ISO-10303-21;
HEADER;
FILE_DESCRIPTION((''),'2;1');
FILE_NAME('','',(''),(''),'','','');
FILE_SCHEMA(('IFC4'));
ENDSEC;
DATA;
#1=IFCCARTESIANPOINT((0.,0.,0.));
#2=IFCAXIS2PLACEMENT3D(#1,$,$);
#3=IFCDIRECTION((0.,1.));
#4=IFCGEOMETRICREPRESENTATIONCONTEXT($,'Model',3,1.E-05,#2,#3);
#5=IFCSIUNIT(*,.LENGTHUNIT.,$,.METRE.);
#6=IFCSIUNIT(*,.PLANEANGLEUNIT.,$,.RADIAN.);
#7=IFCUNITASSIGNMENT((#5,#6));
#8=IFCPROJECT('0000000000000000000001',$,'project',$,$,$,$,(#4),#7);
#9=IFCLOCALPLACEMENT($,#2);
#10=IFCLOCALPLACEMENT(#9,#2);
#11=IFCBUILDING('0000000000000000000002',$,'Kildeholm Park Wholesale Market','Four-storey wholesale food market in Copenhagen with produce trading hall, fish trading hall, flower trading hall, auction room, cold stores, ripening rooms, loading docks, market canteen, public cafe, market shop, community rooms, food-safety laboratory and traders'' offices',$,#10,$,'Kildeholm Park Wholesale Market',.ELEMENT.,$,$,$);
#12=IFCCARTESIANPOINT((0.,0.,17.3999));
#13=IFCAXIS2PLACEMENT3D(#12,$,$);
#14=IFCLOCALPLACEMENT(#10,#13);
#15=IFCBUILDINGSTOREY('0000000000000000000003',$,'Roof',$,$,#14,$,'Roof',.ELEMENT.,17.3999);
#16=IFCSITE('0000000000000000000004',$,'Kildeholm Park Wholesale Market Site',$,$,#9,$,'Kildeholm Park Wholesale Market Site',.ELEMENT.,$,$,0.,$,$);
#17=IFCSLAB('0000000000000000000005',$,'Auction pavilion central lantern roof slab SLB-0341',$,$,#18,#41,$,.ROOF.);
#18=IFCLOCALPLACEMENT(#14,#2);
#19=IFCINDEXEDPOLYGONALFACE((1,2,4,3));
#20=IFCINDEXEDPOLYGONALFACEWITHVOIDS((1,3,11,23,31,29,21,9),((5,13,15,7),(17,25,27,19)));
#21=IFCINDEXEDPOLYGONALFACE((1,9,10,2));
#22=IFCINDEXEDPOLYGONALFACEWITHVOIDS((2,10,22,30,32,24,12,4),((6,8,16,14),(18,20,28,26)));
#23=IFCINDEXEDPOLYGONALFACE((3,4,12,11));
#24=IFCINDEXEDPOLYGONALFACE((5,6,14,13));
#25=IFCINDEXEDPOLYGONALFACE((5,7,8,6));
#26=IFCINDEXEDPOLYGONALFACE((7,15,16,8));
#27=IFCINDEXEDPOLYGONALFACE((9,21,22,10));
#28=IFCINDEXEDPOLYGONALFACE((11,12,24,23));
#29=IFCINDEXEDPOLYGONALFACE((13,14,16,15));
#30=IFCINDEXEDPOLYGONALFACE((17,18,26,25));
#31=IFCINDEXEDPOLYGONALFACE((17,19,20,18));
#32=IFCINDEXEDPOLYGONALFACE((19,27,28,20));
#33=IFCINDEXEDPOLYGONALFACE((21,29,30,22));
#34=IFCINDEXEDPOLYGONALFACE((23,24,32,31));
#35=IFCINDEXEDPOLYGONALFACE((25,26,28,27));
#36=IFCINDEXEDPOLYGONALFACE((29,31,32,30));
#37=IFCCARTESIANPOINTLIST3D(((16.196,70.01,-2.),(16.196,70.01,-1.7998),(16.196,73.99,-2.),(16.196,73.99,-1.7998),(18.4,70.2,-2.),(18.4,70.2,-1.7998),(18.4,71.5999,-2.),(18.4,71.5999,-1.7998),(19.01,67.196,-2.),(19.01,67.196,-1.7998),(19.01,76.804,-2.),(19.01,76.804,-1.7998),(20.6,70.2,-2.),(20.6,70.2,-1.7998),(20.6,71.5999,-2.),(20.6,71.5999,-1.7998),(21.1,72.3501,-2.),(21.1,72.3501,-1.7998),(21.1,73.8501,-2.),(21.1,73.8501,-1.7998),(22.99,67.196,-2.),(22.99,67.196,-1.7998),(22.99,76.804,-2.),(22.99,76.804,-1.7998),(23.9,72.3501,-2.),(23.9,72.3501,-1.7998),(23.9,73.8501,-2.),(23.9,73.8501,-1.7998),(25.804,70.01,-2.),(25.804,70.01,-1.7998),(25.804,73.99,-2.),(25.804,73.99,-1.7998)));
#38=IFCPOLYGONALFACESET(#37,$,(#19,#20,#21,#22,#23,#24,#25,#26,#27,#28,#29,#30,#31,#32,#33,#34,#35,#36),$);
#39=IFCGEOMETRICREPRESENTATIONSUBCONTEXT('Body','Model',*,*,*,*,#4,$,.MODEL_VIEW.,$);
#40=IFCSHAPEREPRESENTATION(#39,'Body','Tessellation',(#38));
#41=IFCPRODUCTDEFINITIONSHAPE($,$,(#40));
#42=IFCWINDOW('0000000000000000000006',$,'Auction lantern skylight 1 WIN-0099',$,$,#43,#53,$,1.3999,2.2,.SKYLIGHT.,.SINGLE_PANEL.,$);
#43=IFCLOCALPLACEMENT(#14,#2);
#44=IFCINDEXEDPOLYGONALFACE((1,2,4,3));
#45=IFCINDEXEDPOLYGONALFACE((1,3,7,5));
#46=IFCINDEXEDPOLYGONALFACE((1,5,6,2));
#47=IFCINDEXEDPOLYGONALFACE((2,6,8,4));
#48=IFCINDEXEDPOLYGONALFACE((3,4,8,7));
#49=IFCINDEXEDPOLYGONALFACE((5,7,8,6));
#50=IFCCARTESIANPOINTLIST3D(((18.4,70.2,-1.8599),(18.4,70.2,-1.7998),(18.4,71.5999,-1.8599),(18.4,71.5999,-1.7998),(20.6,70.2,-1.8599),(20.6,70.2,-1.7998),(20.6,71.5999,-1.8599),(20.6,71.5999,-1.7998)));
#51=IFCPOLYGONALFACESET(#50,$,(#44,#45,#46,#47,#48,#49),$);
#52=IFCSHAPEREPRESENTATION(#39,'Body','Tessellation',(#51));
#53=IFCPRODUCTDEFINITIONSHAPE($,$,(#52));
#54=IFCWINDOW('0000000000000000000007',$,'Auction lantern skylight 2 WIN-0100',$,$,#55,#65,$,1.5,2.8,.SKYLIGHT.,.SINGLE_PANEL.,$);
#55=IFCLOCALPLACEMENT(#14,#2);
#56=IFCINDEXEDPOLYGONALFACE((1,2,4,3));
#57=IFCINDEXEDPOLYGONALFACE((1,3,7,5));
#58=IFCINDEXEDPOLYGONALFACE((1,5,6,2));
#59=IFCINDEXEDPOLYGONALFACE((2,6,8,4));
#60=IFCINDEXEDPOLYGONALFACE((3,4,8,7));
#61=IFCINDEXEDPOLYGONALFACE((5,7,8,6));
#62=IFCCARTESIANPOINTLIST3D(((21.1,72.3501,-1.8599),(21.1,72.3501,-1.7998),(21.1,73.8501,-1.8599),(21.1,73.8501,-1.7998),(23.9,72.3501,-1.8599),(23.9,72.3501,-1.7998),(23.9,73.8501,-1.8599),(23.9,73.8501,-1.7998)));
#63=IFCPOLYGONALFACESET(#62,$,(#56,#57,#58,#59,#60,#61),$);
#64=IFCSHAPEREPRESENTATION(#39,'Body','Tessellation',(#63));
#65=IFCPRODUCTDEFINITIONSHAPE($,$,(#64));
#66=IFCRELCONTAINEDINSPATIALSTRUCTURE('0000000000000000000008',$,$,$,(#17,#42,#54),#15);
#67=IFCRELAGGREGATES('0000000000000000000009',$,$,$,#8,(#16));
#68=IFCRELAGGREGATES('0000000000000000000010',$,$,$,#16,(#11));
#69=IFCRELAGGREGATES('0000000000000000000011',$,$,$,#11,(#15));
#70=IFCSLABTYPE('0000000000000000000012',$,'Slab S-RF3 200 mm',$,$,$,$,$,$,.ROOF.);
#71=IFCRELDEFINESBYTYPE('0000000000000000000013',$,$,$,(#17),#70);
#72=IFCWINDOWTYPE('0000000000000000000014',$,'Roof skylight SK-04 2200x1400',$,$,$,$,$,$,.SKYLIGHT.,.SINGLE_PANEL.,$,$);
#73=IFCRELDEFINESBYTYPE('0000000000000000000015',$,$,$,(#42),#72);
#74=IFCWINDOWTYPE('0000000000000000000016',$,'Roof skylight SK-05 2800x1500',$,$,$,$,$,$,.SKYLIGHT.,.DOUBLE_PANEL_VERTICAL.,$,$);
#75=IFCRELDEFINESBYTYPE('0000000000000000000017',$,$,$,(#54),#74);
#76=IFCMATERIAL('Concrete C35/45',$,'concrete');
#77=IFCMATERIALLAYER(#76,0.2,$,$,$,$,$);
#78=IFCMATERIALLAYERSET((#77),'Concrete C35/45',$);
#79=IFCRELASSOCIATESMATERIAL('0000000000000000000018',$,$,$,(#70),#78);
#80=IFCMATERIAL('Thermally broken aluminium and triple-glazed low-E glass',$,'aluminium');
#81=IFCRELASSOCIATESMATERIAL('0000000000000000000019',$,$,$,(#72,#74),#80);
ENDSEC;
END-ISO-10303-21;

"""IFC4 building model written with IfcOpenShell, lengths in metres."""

from ifc_helpers import new_model, si_unit, direction, frame, origin, origin_2d, place, context, subcontext, project, spatial, polyline, rectangle, outline, extrude, material, layer, layer_set, type_object, element, fill, save


model = new_model("IFC4")

# Units and contexts
model_context = context("Model", 3, precision=1e-05, world=origin(), true_north=direction((0.0, 1.0)))
body_context = subcontext(model_context, "Body", "Model", "MODEL_VIEW")
ifc_project = project(units=[si_unit("LENGTHUNIT", "METRE"), si_unit("PLANEANGLEUNIT", "RADIAN")], contexts=[model_context])

# Site, building, storey
site_placement = place(None, origin())
site = spatial("IfcSite", under=ifc_project, at=site_placement, Name="Kildeholm Park Wholesale Market Site", LongName="Kildeholm Park Wholesale Market Site", CompositionType="ELEMENT", RefElevation=0.0)
building_placement = place(site_placement, origin())
building = spatial("IfcBuilding", under=site, at=building_placement, Name="Kildeholm Park Wholesale Market", Description="Four-storey wholesale food market in Copenhagen with produce trading hall, fish trading hall, flower trading hall, auction room, cold stores, ripening rooms, loading docks, market canteen, public cafe, market shop, community rooms, food-safety laboratory and traders' offices", LongName="Kildeholm Park Wholesale Market", CompositionType="ELEMENT")
storey_placement = place(building_placement, frame((0.0, 0.0, 17.3999)))
storey = spatial("IfcBuildingStorey", under=building, at=storey_placement, Name="Roof", LongName="Roof", CompositionType="ELEMENT", Elevation=17.3999)

# Shared definitions
ifc_material_1 = material(Name="Concrete C35/45", Category="concrete")
ifc_material_2 = material(Name="Thermally broken aluminium and triple-glazed low-E glass", Category="aluminium")

# Slab, openings, windows
ifc_layer_1 = layer(ifc_material_1, 0.2)
ifc_layer_set_1 = layer_set([ifc_layer_1], Name="Concrete C35/45")
slab_type_1 = type_object("IfcSlabType", Name="Slab S-RF3 200 mm", PredefinedType="ROOF", material=ifc_layer_set_1)
slab_1_placement = place(storey_placement, frame((0.0, 0.0, -2.0)))
slab_1 = element("IfcSlab", 1, at=slab_1_placement, inside=storey, type_object=slab_type_1, Name="Auction pavilion central lantern roof slab SLB-0341", PredefinedType="ROOF", context=body_context, shape_type="SweptSolid", body=[
    extrude(outline(polyline([(25.804, 73.99), (22.99, 76.804), (19.01, 76.804), (16.196, 73.99), (16.196, 70.01), (19.01, 67.196), (22.99, 67.196), (25.804, 70.01), (25.804, 73.99)])), origin(), (0.0, 0.0, 1.0), 0.2002),
])
opening_1_placement = place(slab_1_placement, frame((19.5, 70.8999, 0.0)))
opening_1 = element("IfcOpeningElement", 2, at=opening_1_placement, cuts=slab_1, PredefinedType="OPENING", context=body_context, shape_type="SweptSolid", body=[
    extrude(rectangle(XDim=2.2, YDim=1.3999, at=origin_2d()), frame((0.0, 0.0, -0.01)), (0.0, 0.0, 1.0), 0.2202),
])
opening_2_placement = place(slab_1_placement, frame((22.5, 73.1001, 0.0)))
opening_2 = element("IfcOpeningElement", 3, at=opening_2_placement, cuts=slab_1, PredefinedType="OPENING", context=body_context, shape_type="SweptSolid", body=[
    extrude(rectangle(XDim=2.8, YDim=1.5, at=origin_2d()), frame((0.0, 0.0, -0.01)), (0.0, 0.0, 1.0), 0.2202),
])
window_type_1 = type_object("IfcWindowType", Name="Roof skylight SK-04 2200x1400", PartitioningType="SINGLE_PANEL", PredefinedType="SKYLIGHT", material=ifc_material_2)
window_1_placement = place(opening_1_placement, frame((0.0, 0.0, 0.1401)))
window_1 = element("IfcWindow", 4, at=window_1_placement, inside=storey, type_object=window_type_1, Name="Auction lantern skylight 1 WIN-0099", OverallHeight=1.3999, OverallWidth=2.2, PartitioningType="SINGLE_PANEL", PredefinedType="SKYLIGHT", context=body_context, shape_type="SweptSolid", body=[
    extrude(rectangle(XDim=2.2, YDim=1.3999, at=origin_2d()), origin(), (0.0, 0.0, 1.0), 0.0601),
])
fill(opening_1, window_1)
window_type_2 = type_object("IfcWindowType", Name="Roof skylight SK-05 2800x1500", PartitioningType="DOUBLE_PANEL_VERTICAL", PredefinedType="SKYLIGHT", material=ifc_material_2)
window_2_placement = place(opening_2_placement, frame((0.0, 0.0, 0.1401)))
window_2 = element("IfcWindow", 5, at=window_2_placement, inside=storey, type_object=window_type_2, Name="Auction lantern skylight 2 WIN-0100", OverallHeight=1.5, OverallWidth=2.8, PartitioningType="SINGLE_PANEL", PredefinedType="SKYLIGHT", context=body_context, shape_type="SweptSolid", body=[
    extrude(rectangle(XDim=2.8, YDim=1.5, at=origin_2d()), origin(), (0.0, 0.0, 1.0), 0.0601),
])
fill(opening_2, window_2)

save(model, "model.ifc")
